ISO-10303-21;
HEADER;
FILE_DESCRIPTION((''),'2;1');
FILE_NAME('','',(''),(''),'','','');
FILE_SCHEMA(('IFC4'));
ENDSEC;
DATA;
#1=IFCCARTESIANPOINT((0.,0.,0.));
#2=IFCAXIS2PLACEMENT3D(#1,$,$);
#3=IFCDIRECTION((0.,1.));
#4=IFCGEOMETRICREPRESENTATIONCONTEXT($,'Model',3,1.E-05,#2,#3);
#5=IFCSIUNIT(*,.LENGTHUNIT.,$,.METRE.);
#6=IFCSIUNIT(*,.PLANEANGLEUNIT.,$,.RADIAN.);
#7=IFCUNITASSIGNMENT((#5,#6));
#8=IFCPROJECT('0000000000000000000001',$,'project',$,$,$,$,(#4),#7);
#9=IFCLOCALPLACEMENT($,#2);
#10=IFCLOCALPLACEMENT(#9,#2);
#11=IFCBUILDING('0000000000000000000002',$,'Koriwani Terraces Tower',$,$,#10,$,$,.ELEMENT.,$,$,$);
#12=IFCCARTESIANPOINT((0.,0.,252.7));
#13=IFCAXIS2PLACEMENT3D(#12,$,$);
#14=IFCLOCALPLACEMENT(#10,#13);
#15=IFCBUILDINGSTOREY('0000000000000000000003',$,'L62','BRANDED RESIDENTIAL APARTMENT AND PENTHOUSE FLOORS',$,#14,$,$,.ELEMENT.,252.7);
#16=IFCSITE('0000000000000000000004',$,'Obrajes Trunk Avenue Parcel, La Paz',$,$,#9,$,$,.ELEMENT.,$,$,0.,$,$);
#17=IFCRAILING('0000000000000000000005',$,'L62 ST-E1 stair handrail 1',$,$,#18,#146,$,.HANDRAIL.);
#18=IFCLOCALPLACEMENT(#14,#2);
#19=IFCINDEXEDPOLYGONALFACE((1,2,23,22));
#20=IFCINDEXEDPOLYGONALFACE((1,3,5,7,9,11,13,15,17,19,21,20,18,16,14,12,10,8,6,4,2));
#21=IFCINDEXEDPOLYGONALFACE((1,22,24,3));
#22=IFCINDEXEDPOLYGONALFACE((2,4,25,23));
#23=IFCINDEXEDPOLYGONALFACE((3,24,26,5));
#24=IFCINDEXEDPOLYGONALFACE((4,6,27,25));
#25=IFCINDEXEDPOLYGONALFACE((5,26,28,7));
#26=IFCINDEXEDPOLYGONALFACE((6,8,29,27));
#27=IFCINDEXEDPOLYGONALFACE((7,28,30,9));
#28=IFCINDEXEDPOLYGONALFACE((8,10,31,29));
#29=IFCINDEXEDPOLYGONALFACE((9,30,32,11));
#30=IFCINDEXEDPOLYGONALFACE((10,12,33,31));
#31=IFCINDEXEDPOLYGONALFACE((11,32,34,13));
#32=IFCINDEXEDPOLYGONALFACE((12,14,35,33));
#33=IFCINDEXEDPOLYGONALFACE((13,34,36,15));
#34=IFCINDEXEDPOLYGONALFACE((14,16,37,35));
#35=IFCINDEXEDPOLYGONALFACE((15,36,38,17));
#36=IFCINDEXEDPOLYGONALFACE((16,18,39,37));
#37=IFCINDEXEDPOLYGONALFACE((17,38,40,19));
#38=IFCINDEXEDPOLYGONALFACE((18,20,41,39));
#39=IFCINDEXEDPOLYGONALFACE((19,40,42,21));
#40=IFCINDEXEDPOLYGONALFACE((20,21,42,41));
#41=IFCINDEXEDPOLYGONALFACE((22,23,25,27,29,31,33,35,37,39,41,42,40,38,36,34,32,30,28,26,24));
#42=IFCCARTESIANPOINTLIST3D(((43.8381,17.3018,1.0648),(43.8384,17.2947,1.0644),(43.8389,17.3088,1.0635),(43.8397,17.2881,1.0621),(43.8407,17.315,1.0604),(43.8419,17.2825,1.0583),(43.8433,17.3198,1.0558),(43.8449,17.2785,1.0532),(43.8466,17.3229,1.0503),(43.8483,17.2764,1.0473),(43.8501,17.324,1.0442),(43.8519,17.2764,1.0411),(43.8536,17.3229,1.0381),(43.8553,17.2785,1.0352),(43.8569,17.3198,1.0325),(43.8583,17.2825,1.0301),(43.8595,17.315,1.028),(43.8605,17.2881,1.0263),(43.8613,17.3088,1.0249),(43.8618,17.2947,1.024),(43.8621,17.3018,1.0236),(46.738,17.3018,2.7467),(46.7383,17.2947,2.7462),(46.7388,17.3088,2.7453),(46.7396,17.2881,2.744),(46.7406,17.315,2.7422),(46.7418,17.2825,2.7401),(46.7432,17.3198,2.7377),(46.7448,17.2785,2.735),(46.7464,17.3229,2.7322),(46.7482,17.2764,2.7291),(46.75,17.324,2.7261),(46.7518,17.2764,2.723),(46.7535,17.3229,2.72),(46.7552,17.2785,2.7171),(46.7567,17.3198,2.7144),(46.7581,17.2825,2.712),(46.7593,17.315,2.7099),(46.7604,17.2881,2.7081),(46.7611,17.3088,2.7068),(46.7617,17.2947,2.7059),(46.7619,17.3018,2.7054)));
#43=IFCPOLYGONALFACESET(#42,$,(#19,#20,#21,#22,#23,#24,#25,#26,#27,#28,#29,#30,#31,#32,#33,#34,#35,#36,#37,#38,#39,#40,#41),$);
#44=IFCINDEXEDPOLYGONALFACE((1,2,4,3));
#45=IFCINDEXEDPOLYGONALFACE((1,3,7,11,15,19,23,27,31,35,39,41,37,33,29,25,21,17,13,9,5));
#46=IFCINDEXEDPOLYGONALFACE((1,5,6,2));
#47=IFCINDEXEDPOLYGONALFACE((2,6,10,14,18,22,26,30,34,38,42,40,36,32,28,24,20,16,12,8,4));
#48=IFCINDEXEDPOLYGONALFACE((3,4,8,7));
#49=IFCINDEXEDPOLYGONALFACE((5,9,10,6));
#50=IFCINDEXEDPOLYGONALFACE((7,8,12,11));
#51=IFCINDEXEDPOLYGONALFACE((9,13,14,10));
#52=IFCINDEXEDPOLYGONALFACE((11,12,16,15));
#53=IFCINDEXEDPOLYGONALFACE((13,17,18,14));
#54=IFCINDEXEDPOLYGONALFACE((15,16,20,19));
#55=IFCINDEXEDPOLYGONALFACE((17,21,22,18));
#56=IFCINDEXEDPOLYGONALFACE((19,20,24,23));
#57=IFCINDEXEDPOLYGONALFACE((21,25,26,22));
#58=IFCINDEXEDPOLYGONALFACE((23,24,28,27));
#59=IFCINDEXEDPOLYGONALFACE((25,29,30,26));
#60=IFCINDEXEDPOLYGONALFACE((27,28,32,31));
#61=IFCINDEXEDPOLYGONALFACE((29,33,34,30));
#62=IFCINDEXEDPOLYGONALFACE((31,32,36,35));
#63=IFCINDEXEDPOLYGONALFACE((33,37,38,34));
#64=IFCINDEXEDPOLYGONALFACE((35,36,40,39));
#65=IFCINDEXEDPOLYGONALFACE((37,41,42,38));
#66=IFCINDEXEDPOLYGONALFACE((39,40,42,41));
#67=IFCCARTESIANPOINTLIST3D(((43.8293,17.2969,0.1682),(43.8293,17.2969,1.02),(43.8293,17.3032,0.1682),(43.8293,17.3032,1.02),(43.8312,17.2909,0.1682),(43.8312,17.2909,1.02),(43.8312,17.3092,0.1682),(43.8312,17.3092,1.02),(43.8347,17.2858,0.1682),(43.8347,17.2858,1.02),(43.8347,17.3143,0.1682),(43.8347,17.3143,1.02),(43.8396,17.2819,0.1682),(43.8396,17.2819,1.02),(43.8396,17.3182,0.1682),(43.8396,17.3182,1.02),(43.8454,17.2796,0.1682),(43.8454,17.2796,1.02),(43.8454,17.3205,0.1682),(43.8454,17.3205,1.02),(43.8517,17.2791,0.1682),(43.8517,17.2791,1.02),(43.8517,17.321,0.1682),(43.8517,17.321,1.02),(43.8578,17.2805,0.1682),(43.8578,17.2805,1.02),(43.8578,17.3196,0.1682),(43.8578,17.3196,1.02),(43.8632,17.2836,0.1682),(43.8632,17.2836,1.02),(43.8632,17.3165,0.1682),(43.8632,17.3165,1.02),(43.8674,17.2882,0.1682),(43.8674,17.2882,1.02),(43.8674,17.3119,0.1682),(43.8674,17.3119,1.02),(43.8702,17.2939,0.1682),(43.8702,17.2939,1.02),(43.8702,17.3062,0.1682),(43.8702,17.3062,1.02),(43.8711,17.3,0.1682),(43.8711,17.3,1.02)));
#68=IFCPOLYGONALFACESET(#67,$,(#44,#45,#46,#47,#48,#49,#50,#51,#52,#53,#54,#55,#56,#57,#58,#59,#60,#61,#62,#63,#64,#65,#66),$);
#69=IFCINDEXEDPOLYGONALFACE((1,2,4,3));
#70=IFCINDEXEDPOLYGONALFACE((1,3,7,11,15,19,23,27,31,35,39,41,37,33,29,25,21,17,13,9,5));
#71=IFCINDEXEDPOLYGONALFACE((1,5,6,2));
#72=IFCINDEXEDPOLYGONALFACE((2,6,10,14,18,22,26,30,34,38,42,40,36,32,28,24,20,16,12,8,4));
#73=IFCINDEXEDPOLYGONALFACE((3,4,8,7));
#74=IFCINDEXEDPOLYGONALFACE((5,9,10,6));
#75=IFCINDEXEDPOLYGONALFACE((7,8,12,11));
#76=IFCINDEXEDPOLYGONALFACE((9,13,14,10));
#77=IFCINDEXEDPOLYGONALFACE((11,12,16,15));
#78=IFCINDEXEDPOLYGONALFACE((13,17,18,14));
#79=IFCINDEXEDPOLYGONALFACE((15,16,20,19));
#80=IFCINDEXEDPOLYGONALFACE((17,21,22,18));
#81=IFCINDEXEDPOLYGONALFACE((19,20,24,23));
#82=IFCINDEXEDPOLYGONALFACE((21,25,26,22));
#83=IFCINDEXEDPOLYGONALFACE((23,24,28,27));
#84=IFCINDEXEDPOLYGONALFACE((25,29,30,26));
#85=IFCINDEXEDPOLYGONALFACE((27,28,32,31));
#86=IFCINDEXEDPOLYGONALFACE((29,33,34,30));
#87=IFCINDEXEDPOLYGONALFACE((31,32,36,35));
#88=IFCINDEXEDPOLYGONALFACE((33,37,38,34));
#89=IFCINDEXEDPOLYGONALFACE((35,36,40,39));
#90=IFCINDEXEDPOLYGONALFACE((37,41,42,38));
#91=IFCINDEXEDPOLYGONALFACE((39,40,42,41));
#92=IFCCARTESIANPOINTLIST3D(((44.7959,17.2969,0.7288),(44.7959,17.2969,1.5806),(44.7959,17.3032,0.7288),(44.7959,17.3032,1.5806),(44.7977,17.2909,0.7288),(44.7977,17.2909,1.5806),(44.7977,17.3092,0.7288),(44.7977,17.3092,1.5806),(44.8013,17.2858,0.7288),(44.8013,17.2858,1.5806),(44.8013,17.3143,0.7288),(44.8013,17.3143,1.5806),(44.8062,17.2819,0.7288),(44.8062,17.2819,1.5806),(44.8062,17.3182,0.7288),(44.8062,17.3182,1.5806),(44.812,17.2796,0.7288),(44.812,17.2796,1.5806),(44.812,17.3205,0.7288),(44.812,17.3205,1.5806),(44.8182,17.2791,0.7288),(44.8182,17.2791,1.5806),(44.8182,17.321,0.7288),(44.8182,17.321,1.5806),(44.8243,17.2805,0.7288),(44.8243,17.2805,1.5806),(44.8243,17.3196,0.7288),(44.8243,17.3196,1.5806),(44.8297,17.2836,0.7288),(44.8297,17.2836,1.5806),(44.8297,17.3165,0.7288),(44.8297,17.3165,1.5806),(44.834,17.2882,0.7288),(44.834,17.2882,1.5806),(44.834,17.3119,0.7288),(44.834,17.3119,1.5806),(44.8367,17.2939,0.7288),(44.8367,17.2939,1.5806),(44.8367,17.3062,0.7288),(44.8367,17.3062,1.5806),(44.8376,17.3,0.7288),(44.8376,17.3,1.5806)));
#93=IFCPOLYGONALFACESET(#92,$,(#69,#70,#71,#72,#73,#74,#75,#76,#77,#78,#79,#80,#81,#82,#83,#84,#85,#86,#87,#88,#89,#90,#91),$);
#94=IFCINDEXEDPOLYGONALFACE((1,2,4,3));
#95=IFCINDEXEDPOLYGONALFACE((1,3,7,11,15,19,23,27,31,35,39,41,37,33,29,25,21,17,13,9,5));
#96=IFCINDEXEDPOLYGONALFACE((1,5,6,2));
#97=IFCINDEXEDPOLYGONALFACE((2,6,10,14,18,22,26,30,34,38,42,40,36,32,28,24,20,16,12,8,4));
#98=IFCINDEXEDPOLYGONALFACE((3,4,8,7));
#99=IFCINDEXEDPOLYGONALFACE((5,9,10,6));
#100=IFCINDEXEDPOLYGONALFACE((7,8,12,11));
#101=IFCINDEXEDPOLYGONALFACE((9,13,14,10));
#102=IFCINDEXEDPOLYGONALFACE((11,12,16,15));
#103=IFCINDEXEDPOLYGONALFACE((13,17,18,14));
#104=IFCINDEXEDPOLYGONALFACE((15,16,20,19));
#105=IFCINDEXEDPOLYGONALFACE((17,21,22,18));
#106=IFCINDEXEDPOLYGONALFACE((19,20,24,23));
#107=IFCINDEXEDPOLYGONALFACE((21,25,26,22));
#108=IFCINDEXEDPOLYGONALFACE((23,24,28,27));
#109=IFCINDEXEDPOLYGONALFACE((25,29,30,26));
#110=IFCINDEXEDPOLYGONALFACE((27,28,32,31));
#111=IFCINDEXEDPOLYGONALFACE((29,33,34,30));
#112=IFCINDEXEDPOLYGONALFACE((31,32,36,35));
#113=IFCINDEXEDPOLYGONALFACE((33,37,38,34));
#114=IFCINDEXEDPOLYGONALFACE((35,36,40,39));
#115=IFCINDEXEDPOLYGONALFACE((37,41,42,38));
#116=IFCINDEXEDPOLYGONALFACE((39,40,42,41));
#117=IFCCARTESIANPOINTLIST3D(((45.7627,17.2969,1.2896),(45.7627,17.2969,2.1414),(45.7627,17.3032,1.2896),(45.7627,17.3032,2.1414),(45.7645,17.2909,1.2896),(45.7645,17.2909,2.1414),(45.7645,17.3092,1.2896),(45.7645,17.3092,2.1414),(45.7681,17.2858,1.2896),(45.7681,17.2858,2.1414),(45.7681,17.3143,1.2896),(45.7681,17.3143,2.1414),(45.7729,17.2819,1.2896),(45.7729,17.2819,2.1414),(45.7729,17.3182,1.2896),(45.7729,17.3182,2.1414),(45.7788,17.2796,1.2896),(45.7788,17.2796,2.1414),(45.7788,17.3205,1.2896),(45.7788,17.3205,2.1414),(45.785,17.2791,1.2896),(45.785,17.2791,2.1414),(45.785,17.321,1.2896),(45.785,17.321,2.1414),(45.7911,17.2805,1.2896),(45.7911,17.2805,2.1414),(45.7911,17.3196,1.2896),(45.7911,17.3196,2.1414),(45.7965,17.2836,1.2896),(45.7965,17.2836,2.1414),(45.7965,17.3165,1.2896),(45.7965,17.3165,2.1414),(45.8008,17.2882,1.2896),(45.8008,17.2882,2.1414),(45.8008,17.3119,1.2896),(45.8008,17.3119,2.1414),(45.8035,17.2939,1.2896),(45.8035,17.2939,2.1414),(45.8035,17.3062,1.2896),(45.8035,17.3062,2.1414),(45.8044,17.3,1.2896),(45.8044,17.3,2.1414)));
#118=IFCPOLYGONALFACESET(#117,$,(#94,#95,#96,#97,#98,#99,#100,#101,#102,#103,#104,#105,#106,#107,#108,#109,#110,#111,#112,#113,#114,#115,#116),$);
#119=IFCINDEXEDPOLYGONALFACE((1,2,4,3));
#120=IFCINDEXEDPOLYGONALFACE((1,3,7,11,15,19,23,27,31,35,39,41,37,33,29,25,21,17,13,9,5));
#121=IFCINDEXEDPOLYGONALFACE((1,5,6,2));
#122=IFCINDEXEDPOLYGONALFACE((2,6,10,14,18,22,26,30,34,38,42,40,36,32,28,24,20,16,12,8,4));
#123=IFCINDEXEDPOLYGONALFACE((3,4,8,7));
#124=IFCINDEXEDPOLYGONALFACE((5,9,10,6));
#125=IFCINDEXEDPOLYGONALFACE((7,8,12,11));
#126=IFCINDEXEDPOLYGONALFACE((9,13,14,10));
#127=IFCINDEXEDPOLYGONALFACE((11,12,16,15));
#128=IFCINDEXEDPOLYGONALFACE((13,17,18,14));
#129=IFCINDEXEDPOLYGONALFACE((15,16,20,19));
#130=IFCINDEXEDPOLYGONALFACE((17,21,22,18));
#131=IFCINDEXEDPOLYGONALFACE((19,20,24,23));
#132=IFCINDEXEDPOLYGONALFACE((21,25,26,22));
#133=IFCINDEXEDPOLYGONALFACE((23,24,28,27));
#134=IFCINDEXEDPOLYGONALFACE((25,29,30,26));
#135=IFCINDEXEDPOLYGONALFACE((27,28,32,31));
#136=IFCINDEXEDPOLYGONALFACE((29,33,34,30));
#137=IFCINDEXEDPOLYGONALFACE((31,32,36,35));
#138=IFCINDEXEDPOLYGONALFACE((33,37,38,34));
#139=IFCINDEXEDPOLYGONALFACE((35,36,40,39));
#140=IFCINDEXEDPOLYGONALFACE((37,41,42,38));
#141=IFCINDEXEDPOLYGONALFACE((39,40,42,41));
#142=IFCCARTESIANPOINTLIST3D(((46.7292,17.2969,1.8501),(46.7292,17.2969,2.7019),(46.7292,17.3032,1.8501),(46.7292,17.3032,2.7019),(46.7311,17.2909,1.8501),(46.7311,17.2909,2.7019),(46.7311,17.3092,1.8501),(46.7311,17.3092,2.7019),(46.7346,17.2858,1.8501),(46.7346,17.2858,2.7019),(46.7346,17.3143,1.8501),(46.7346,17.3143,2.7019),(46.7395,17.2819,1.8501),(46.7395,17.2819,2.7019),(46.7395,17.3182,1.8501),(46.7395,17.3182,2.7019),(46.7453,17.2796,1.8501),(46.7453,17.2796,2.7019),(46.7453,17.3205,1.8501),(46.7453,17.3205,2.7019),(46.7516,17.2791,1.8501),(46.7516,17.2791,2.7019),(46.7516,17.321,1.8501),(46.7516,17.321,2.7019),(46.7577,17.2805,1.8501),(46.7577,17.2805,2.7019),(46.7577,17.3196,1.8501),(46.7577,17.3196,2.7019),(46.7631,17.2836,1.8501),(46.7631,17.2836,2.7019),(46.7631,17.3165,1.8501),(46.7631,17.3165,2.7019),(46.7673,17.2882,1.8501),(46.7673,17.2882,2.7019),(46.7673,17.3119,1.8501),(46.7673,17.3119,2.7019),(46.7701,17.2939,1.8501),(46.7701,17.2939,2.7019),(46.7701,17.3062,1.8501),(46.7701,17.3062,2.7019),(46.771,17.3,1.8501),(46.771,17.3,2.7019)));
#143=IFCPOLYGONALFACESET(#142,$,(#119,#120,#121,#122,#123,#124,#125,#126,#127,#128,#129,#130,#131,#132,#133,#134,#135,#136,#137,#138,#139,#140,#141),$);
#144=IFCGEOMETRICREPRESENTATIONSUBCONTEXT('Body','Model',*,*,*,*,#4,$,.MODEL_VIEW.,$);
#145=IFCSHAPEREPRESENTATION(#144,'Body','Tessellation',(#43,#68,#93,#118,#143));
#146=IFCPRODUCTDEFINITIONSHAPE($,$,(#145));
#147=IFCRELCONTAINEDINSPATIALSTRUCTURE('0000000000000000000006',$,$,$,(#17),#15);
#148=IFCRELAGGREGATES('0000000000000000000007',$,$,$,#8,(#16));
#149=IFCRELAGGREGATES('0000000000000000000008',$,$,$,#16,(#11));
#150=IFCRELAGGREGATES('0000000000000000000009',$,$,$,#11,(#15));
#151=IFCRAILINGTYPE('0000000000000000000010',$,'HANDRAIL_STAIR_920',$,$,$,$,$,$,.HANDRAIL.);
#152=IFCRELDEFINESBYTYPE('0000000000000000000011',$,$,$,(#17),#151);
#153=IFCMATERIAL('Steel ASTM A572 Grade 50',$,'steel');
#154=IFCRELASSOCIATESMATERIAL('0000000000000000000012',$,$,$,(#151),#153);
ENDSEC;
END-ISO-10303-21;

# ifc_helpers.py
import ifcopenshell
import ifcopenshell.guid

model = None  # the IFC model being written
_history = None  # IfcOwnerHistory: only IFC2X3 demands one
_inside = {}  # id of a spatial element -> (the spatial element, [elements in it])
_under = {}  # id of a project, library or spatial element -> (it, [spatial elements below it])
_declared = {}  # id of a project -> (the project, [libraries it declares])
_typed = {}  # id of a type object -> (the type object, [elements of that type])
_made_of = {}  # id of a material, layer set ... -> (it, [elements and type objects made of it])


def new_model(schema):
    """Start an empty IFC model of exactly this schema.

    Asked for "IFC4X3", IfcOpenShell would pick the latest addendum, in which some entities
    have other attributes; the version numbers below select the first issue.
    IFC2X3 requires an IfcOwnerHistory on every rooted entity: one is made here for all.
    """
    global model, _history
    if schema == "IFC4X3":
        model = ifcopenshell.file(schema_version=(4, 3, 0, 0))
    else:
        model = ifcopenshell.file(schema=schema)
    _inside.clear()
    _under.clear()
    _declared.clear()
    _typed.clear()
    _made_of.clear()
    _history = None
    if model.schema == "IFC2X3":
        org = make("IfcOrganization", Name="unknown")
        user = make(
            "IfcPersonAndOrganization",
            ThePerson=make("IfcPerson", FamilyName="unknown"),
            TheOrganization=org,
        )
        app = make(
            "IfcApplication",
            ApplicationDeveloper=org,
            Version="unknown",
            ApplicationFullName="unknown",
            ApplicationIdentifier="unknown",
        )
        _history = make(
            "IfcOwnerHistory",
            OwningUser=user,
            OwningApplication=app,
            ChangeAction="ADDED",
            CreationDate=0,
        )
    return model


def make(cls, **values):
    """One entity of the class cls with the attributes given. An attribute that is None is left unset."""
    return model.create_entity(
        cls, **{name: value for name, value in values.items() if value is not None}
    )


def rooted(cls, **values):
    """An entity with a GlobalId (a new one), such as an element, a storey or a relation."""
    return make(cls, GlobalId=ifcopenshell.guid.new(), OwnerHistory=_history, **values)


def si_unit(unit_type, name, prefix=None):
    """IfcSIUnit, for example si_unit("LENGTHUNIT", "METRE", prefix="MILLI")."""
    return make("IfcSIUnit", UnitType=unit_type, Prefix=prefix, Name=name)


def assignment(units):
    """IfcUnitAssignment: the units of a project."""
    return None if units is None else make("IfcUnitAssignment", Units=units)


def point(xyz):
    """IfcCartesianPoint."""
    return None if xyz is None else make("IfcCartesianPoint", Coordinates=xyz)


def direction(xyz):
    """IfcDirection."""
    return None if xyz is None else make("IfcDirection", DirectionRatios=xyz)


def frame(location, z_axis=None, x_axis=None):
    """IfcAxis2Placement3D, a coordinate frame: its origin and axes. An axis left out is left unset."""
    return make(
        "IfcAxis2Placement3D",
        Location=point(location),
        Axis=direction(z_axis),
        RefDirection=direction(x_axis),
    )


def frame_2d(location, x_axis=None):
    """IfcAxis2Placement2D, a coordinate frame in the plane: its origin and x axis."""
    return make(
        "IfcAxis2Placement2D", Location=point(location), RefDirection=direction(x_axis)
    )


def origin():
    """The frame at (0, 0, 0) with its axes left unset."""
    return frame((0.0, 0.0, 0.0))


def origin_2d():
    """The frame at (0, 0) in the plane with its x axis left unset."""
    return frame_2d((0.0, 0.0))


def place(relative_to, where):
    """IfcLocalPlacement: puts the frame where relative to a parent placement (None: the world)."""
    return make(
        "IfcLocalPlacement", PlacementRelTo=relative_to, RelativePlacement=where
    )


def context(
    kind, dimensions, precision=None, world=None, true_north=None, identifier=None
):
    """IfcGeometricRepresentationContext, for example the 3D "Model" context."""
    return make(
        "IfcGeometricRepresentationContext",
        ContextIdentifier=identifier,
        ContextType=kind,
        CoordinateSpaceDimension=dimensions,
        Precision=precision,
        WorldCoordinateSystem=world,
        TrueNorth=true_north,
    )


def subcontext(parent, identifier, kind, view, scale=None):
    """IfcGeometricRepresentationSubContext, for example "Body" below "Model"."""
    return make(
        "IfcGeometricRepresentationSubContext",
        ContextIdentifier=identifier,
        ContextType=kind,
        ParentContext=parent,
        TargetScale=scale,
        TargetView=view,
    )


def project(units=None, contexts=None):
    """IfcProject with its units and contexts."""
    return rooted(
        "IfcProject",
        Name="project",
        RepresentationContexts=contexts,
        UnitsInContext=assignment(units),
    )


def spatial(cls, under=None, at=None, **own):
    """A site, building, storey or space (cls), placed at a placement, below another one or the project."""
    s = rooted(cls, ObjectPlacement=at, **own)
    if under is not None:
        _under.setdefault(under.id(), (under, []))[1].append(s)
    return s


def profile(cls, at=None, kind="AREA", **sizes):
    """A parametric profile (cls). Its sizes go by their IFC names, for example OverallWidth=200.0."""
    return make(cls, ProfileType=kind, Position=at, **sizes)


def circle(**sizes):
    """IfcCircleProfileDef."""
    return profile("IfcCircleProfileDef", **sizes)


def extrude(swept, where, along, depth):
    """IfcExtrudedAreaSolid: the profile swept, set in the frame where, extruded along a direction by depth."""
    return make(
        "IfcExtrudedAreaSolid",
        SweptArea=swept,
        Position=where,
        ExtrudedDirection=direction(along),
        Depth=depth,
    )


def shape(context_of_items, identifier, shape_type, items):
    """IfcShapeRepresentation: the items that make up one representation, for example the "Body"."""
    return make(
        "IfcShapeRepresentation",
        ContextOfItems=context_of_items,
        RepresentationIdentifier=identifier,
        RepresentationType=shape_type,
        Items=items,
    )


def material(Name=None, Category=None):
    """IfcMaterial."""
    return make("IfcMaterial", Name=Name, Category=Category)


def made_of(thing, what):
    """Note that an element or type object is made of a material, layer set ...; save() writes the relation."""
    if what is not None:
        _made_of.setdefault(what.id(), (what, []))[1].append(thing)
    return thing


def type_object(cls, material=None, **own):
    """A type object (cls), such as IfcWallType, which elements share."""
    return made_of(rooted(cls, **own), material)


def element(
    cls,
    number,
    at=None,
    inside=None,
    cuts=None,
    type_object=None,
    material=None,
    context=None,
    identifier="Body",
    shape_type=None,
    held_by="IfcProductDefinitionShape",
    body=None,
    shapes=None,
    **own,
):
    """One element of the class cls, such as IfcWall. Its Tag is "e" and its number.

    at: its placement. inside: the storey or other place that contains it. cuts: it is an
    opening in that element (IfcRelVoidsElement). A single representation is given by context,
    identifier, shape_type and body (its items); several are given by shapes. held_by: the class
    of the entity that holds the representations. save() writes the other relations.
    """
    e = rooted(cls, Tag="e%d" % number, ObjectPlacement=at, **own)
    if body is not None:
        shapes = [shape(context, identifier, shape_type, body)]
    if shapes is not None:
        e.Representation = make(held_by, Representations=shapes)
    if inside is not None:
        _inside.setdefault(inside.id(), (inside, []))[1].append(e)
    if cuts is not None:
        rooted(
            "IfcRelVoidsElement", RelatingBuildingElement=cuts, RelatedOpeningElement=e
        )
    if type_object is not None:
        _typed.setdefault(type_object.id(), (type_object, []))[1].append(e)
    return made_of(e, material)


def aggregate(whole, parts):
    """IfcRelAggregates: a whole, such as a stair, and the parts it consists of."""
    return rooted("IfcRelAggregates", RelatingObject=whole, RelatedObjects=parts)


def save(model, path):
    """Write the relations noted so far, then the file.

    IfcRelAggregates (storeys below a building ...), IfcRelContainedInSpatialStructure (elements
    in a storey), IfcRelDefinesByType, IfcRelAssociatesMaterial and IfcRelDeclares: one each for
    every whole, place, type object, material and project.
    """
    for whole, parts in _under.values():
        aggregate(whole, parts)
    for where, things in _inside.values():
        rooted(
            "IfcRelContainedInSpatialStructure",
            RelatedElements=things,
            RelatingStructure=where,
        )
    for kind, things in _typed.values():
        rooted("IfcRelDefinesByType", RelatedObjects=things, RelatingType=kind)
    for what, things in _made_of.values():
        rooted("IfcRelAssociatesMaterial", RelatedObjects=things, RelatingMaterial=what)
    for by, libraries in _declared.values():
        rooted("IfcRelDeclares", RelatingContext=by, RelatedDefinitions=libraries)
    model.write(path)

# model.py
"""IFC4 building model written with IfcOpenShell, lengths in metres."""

from ifc_helpers import new_model, si_unit, direction, frame, origin, origin_2d, place, context, subcontext, project, spatial, circle, extrude, material, type_object, element, save


model = new_model("IFC4")

# Units and contexts
model_context = context("Model", 3, precision=1e-05, world=origin(), true_north=direction((0.0, 1.0)))
body_context = subcontext(model_context, "Body", "Model", "MODEL_VIEW")
ifc_project = project(units=[si_unit("LENGTHUNIT", "METRE"), si_unit("PLANEANGLEUNIT", "RADIAN")], contexts=[model_context])

# Site, building, storey
site_placement = place(None, origin())
site = spatial("IfcSite", under=ifc_project, at=site_placement, Name="Obrajes Trunk Avenue Parcel, La Paz", CompositionType="ELEMENT", RefElevation=0.0)
building_placement = place(site_placement, origin())
building = spatial("IfcBuilding", under=site, at=building_placement, Name="Koriwani Terraces Tower", CompositionType="ELEMENT")
storey_placement = place(building_placement, frame((0.0, 0.0, 252.7)))
storey = spatial("IfcBuildingStorey", under=building, at=storey_placement, Name="L62", Description="BRANDED RESIDENTIAL APARTMENT AND PENTHOUSE FLOORS", CompositionType="ELEMENT", Elevation=252.7)

# Shared definitions
ifc_material_1 = material(Name="Steel ASTM A572 Grade 50", Category="steel")

# Railing
railing_type_1 = type_object("IfcRailingType", Name="HANDRAIL_STAIR_920", PredefinedType="HANDRAIL", material=ifc_material_1)
railing_1_placement = place(storey_placement, frame((43.8501, 17.3, 0.1682)))
element("IfcRailing", 1, at=railing_1_placement, inside=storey, type_object=railing_type_1, Name="L62 ST-E1 stair handrail 1", PredefinedType="HANDRAIL", context=body_context, shape_type="SweptSolid", body=[
    extrude(circle(Radius=0.0239, at=origin_2d()), frame((0.0, 0.0, 0.876), z_axis=(0.865039, 0.0, 0.501705), x_axis=(0.0, 1.0, 0.0)), (0.0, 0.0, 1.0), 3.3523),
    extrude(circle(Radius=0.021, at=origin_2d()), origin(), (0.0, 0.0, 1.0), 0.8518),
    extrude(circle(Radius=0.021, at=origin_2d()), frame((0.9666, 0.0, 0.5605)), (0.0, 0.0, 1.0), 0.8518),
    extrude(circle(Radius=0.021, at=origin_2d()), frame((1.9333, 0.0, 1.1213)), (0.0, 0.0, 1.0), 0.8518),
    extrude(circle(Radius=0.021, at=origin_2d()), frame((2.8999, 0.0, 1.6819)), (0.0, 0.0, 1.0), 0.8518),
])

save(model, "model.ifc")
